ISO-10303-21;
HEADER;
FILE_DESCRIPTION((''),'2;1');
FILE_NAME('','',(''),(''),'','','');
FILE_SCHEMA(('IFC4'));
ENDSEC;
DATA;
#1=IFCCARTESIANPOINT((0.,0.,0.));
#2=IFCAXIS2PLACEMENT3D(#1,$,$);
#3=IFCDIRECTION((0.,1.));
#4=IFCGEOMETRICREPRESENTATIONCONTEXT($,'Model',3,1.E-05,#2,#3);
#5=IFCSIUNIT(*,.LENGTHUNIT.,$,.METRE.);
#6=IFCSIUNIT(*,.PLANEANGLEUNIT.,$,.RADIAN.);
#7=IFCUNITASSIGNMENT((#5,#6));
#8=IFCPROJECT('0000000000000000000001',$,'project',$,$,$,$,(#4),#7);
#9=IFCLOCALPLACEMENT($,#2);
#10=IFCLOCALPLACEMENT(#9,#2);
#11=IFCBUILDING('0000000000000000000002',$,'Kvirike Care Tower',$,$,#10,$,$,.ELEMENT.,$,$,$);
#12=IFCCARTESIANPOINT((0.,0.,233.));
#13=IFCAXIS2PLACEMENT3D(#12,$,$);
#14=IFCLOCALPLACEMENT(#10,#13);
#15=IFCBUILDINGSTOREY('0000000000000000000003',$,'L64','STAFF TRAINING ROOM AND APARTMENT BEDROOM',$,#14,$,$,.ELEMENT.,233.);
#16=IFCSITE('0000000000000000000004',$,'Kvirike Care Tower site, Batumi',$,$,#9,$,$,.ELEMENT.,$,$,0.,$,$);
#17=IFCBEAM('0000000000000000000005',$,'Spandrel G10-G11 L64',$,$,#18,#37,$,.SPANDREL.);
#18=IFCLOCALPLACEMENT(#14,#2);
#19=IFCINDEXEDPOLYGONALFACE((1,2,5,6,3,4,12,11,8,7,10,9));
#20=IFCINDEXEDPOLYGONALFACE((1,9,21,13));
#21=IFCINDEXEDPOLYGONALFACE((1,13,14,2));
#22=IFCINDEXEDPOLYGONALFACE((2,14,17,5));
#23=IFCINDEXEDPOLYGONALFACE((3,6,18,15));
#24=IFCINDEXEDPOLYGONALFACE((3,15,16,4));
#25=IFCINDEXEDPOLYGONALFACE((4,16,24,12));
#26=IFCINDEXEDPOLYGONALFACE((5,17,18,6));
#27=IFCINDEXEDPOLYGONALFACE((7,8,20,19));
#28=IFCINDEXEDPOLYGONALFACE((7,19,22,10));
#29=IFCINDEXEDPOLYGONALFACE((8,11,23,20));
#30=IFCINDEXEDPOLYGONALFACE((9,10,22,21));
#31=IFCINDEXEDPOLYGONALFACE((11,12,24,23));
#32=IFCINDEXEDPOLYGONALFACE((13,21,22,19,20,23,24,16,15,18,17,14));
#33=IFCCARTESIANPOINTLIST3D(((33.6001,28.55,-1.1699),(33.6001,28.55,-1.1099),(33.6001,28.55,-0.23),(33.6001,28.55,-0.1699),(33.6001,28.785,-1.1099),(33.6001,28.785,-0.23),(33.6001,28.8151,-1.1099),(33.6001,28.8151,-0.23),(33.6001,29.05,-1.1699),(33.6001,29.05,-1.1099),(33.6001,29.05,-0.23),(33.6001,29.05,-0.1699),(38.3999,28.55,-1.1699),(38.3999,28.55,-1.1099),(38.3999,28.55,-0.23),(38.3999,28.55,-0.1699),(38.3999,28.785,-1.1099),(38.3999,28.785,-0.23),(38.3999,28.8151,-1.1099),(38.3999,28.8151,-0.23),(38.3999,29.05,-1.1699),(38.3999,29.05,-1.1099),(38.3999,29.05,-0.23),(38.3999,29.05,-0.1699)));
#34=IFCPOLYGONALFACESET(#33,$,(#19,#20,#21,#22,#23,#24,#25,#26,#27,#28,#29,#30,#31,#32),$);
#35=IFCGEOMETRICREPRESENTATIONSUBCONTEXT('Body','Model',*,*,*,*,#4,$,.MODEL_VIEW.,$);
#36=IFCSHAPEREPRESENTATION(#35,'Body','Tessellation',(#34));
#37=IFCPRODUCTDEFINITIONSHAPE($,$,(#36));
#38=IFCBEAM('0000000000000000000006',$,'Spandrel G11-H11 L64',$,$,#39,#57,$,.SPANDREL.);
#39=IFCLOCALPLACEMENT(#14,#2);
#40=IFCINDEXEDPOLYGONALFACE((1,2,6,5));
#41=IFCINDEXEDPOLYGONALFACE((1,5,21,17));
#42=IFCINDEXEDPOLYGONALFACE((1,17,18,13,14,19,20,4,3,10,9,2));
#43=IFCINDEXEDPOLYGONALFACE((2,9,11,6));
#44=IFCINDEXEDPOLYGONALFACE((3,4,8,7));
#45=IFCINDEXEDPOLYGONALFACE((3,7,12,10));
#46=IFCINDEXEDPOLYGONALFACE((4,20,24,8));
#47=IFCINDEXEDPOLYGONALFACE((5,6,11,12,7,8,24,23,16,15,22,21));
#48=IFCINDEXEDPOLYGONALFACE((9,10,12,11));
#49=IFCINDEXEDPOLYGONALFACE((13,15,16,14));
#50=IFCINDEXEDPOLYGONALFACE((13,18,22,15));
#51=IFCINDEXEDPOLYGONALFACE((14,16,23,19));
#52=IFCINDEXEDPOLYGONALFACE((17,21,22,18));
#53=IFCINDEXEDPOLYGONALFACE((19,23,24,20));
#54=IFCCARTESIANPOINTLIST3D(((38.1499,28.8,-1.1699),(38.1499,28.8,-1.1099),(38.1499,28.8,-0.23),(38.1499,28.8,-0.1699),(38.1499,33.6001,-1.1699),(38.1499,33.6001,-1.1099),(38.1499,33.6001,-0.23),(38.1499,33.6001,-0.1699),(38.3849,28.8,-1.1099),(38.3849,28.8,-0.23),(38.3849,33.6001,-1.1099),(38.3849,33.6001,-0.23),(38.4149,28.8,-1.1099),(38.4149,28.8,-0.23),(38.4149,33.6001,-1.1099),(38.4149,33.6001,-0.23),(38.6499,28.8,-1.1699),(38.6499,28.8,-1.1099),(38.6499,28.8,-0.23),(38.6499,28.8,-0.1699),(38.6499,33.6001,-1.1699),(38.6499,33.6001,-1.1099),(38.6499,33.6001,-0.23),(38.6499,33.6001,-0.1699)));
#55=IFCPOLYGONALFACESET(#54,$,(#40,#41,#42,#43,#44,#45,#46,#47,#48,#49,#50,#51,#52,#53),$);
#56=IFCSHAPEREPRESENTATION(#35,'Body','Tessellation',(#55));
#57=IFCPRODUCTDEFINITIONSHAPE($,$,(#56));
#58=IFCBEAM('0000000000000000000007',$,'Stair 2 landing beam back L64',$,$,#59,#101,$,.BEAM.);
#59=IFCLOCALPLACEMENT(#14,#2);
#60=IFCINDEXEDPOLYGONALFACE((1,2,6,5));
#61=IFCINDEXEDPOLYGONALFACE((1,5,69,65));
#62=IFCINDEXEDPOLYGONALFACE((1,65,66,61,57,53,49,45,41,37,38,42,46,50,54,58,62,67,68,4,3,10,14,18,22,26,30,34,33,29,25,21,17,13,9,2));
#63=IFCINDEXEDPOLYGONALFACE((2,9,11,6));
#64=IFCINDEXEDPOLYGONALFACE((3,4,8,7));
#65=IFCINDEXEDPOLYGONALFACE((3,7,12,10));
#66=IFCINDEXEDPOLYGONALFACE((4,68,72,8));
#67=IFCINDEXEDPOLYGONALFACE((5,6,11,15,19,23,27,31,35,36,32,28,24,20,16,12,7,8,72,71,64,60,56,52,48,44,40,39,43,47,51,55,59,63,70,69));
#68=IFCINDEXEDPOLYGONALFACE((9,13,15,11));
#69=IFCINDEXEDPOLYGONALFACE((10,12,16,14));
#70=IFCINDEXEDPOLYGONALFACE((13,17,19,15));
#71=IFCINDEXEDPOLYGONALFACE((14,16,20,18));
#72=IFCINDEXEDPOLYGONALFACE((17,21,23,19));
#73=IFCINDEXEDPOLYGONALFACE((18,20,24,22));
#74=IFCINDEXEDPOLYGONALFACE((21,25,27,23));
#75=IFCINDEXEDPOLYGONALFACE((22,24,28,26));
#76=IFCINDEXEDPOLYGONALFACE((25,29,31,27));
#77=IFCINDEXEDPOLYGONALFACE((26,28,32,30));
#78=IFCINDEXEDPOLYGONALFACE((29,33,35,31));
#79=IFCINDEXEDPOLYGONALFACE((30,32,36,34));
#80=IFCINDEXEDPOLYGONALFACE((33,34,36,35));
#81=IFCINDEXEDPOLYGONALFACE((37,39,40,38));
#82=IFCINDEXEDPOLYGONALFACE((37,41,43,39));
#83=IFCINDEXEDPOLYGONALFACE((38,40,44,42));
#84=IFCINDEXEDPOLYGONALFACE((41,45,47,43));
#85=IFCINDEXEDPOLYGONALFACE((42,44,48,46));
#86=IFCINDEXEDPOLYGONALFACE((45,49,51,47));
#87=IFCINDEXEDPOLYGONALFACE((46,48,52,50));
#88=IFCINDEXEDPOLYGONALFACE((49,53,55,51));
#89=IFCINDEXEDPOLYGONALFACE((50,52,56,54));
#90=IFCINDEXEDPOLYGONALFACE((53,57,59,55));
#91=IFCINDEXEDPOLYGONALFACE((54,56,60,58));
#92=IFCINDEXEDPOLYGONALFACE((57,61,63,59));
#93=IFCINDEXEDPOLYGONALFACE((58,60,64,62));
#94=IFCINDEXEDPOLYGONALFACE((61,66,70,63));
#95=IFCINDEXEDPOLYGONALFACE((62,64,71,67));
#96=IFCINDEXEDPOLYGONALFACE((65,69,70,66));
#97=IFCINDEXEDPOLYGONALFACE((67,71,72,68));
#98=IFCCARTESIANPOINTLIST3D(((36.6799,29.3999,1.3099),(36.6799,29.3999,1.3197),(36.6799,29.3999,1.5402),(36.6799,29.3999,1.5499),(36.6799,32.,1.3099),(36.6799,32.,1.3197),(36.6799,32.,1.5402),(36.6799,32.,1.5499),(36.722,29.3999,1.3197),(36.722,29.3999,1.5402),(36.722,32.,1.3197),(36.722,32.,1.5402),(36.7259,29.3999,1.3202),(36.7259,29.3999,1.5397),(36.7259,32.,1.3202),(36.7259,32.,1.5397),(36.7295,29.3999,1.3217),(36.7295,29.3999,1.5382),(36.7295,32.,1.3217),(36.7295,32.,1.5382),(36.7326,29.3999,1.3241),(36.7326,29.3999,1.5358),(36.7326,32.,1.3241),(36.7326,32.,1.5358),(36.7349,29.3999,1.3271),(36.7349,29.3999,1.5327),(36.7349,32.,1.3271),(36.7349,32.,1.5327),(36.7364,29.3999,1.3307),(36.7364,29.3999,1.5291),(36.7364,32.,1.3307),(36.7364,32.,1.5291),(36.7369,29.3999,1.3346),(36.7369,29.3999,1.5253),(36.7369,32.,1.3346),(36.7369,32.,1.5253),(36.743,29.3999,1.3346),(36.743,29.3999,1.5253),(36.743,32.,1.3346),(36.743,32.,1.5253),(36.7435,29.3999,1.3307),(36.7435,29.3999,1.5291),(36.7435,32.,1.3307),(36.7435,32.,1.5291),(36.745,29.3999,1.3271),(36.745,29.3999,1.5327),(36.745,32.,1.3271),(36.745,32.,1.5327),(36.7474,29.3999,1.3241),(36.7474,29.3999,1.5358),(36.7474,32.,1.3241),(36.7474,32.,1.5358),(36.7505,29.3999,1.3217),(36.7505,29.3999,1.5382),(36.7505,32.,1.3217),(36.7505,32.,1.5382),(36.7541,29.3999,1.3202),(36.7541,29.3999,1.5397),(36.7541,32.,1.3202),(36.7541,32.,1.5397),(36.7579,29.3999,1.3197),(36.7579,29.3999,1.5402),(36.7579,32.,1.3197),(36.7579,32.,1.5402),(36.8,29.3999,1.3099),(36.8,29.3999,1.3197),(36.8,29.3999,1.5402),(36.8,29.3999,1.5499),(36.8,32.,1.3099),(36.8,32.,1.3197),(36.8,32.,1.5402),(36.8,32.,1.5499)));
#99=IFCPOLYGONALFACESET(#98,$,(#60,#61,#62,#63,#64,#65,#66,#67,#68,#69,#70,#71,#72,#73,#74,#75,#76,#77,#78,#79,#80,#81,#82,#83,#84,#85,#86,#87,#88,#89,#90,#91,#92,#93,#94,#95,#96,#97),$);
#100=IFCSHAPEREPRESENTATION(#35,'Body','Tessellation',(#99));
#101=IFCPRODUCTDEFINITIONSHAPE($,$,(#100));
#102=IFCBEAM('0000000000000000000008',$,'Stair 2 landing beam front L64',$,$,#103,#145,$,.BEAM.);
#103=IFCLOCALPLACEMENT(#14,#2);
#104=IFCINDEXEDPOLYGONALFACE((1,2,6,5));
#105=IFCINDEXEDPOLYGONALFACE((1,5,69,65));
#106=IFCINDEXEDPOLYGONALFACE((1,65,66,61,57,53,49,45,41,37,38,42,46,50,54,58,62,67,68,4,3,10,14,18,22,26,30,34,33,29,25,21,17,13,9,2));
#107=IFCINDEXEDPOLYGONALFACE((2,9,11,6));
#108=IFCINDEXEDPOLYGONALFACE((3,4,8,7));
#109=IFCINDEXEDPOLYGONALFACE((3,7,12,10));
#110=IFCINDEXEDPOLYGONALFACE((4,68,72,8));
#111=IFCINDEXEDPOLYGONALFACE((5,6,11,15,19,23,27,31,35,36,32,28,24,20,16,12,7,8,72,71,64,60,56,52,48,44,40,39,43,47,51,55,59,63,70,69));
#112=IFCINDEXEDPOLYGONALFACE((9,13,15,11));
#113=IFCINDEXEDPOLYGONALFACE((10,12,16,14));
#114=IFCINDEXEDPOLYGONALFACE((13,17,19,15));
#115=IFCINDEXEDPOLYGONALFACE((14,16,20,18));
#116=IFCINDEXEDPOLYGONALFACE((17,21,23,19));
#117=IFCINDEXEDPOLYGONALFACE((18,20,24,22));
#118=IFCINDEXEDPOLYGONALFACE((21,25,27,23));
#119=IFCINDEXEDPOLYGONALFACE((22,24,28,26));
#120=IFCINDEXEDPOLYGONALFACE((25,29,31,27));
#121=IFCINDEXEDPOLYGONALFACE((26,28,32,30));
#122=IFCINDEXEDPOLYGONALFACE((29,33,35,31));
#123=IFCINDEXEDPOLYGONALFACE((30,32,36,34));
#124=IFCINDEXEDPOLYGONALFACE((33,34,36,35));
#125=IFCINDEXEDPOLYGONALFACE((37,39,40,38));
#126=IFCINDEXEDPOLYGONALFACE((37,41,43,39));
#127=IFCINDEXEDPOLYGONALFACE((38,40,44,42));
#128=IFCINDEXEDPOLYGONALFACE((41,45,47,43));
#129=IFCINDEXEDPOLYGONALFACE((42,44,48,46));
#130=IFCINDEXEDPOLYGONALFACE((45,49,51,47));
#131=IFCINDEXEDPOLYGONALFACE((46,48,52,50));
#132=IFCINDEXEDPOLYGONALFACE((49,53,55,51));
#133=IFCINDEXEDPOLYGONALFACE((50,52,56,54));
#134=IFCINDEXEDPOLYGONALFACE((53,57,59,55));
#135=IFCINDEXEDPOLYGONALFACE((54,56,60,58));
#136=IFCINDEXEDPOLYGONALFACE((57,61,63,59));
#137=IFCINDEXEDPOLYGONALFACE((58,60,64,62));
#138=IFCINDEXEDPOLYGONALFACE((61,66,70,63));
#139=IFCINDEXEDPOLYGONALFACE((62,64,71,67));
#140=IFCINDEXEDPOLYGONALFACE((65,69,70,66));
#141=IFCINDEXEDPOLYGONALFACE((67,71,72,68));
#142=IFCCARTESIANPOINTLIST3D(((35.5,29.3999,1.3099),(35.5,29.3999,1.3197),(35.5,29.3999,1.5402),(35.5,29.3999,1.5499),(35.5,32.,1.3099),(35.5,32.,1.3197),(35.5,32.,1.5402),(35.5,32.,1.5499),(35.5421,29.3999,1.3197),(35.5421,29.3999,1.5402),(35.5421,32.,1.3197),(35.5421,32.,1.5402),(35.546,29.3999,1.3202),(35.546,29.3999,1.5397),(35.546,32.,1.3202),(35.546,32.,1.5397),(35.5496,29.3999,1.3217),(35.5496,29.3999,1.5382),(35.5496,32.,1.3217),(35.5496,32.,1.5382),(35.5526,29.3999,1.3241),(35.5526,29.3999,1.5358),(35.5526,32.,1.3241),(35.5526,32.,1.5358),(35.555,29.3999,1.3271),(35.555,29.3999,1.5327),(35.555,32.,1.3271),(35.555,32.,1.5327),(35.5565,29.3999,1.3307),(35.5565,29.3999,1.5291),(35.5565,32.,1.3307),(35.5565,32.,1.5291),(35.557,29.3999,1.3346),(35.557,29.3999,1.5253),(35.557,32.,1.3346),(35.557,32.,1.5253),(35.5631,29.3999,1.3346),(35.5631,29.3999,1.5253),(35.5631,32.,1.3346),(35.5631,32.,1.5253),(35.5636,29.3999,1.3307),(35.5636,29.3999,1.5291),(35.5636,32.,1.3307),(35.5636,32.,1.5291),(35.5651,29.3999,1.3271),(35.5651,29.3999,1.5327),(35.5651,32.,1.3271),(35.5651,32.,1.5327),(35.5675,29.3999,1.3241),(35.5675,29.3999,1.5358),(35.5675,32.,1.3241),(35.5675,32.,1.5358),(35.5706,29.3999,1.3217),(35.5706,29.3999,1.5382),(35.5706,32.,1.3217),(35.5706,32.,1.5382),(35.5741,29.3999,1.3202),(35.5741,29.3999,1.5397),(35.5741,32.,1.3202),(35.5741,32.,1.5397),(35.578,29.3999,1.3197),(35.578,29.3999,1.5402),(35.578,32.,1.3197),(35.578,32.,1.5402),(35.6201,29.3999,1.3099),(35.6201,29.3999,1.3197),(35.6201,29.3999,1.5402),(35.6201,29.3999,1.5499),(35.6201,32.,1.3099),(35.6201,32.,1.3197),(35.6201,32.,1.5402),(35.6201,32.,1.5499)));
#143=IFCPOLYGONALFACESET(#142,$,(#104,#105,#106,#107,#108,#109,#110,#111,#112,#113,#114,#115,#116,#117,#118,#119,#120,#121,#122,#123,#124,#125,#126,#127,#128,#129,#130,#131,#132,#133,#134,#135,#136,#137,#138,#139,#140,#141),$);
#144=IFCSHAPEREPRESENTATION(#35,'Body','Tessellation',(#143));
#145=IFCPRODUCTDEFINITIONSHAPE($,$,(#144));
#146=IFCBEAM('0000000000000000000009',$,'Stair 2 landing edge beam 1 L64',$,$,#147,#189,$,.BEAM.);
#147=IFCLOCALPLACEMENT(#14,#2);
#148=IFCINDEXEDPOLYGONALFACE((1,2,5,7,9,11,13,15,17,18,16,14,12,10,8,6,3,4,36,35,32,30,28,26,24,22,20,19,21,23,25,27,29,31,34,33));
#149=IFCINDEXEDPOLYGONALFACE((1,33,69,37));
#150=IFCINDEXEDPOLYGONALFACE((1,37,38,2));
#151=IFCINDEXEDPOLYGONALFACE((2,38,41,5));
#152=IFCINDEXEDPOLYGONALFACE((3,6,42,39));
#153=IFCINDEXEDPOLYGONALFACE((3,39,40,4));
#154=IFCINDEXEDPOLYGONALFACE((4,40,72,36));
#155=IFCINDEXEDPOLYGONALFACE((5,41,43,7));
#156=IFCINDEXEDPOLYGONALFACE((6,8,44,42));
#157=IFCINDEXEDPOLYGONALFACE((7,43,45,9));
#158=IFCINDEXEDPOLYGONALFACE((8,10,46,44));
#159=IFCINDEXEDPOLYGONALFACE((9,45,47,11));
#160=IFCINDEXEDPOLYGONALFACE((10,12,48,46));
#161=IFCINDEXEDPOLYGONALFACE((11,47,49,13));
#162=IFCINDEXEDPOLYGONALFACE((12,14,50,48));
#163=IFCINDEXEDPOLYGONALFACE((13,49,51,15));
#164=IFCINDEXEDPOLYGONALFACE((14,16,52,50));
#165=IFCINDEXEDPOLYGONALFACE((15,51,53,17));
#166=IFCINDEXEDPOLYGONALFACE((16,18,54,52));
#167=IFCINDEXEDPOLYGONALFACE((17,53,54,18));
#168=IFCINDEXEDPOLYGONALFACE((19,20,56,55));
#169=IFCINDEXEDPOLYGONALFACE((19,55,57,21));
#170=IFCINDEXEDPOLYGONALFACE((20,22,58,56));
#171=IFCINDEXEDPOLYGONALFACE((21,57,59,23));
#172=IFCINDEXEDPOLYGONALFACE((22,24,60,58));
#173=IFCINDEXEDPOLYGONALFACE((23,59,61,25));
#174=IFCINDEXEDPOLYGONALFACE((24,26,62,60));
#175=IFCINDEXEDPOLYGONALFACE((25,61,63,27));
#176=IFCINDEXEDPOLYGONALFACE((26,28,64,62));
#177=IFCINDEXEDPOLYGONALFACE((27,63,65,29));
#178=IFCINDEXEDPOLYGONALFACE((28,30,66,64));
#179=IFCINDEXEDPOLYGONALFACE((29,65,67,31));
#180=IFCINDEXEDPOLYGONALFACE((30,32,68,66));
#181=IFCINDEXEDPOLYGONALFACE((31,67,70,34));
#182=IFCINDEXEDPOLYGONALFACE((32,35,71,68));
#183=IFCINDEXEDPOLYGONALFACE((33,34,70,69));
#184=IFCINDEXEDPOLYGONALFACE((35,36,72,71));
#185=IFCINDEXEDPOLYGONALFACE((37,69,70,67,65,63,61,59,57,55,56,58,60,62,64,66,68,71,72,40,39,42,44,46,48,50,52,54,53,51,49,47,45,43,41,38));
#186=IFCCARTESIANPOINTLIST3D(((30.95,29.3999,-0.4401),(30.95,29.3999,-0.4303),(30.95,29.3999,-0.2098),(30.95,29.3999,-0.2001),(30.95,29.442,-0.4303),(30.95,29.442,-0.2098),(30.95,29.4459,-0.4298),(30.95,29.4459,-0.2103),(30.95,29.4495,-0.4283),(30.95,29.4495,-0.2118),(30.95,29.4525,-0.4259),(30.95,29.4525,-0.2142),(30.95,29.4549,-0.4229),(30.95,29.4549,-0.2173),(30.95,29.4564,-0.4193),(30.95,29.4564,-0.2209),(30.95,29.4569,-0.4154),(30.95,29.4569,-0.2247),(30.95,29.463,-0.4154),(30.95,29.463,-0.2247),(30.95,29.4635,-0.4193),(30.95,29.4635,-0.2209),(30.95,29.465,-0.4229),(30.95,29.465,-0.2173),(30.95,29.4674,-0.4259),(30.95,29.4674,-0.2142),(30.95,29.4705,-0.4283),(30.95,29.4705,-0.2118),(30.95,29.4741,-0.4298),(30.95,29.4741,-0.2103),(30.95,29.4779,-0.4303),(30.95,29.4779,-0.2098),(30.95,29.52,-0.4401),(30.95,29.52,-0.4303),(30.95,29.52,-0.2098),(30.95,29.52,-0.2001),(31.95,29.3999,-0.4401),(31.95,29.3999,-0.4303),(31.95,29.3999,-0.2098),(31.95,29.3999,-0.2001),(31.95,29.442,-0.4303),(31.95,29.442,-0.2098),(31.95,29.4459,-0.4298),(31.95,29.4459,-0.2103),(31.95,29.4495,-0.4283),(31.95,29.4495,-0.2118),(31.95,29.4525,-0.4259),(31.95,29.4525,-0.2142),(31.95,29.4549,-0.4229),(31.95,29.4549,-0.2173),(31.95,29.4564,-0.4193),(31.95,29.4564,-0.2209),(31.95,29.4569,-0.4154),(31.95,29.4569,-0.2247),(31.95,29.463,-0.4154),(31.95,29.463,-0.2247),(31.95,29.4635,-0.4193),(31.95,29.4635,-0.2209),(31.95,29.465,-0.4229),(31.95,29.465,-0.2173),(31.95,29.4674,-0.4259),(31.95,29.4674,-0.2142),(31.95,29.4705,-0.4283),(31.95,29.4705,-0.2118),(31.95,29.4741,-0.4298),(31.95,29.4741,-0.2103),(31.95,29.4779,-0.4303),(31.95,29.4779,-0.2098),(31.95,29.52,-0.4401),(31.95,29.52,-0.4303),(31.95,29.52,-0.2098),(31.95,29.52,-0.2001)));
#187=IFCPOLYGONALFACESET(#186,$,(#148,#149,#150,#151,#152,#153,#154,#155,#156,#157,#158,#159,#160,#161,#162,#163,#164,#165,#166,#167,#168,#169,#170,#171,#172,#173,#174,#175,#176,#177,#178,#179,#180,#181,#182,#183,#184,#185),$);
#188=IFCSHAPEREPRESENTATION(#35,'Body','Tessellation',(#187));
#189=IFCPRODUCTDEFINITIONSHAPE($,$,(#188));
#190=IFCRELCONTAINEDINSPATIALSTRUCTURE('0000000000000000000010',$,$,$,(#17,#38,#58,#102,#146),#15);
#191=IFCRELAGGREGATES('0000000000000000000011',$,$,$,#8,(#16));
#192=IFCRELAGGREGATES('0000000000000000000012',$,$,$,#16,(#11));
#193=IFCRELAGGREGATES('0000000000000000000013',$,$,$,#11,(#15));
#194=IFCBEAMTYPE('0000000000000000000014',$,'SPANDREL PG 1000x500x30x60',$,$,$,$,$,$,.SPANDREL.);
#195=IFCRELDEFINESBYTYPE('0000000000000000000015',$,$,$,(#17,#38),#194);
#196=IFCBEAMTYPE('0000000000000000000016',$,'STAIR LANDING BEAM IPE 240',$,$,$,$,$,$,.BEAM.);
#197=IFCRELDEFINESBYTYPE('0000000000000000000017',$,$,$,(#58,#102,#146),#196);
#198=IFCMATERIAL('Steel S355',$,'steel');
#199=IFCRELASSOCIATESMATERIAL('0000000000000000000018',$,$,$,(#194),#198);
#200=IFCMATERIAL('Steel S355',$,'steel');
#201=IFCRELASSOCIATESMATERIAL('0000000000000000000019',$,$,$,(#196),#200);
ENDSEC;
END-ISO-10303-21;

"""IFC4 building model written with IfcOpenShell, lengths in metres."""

from ifc_helpers import new_model, si_unit, direction, frame, origin, origin_2d, place, context, subcontext, project, spatial, i_section, extrude, material, material_profile, profile_set, type_object, element, save


model = new_model("IFC4")

# Units and contexts
model_context = context("Model", 3, precision=1e-05, world=origin(), true_north=direction((0.0, 1.0)))
body_context = subcontext(model_context, "Body", "Model", "MODEL_VIEW")
ifc_project = project(units=[si_unit("LENGTHUNIT", "METRE"), si_unit("PLANEANGLEUNIT", "RADIAN")], contexts=[model_context])

# Site, building, storey
site_placement = place(None, origin())
site = spatial("IfcSite", under=ifc_project, at=site_placement, Name="Kvirike Care Tower site, Batumi", CompositionType="ELEMENT", RefElevation=0.0)
building_placement = place(site_placement, origin())
building = spatial("IfcBuilding", under=site, at=building_placement, Name="Kvirike Care Tower", CompositionType="ELEMENT")
storey_placement = place(building_placement, frame((0.0, 0.0, 233.0)))
storey = spatial("IfcBuildingStorey", under=building, at=storey_placement, Name="L64", Description="STAFF TRAINING ROOM AND APARTMENT BEDROOM", CompositionType="ELEMENT", Elevation=233.0)

# Beams
ifc_material_1 = material(Name="Steel S355", Category="steel")
ifc_material_profile_1 = material_profile(ifc_material_1, i_section(OverallWidth=0.5, OverallDepth=1.0, WebThickness=0.03, FlangeThickness=0.0601, at=origin_2d()), Name="PG 1000x500x30x60")
ifc_profile_set_1 = profile_set([ifc_material_profile_1], Name="Steel S355")
beam_type_1 = type_object("IfcBeamType", Name="SPANDREL PG 1000x500x30x60", PredefinedType="SPANDREL", material=ifc_profile_set_1)
beam_1_placement = place(storey_placement, frame((33.6001, 28.8, -0.6699), z_axis=(1.0, 0.0, 0.0), x_axis=(0.0, 1.0, 0.0)))
element("IfcBeam", 1, at=beam_1_placement, inside=storey, type_object=beam_type_1, Name="Spandrel G10-G11 L64", PredefinedType="SPANDREL", context=body_context, shape_type="SweptSolid", body=[
    extrude(i_section(OverallWidth=0.5, OverallDepth=1.0, WebThickness=0.03, FlangeThickness=0.0601, at=origin_2d()), origin(), (0.0, 0.0, 1.0), 4.7998),
])
beam_2_placement = place(storey_placement, frame((38.3999, 28.8, -0.6699), z_axis=(0.0, 1.0, 0.0), x_axis=(-1.0, 0.0, 0.0)))
element("IfcBeam", 2, at=beam_2_placement, inside=storey, type_object=beam_type_1, Name="Spandrel G11-H11 L64", PredefinedType="SPANDREL", context=body_context, shape_type="SweptSolid", body=[
    extrude(i_section(OverallWidth=0.5, OverallDepth=1.0, WebThickness=0.03, FlangeThickness=0.0601, at=origin_2d()), origin(), (0.0, 0.0, 1.0), 4.8),
])
ifc_material_2 = material(Name="Steel S355", Category="steel")
ifc_material_profile_2 = material_profile(ifc_material_2, i_section(OverallWidth=0.1201, OverallDepth=0.24, WebThickness=0.0061, FlangeThickness=0.0098, FilletRadius=0.0149, at=origin_2d()), Name="IPE 240")
ifc_profile_set_2 = profile_set([ifc_material_profile_2], Name="Steel S355")
beam_type_2 = type_object("IfcBeamType", Name="STAIR LANDING BEAM IPE 240", PredefinedType="BEAM", material=ifc_profile_set_2)
for number, where, z_axis, x_axis, name in (
    (3, (36.74, 29.3999, 1.4299), (0.0, 1.0, 0.0), (-1.0, 0.0, 0.0), "Stair 2 landing beam back L64"),
    (4, (35.5601, 29.3999, 1.4299), (0.0, 1.0, 0.0), (-1.0, 0.0, 0.0), "Stair 2 landing beam front L64"),
):
    element("IfcBeam", number, at=place(storey_placement, frame(where, z_axis=z_axis, x_axis=x_axis)), inside=storey, type_object=beam_type_2, Name=name, PredefinedType="BEAM", context=body_context, shape_type="SweptSolid", body=[
        extrude(i_section(OverallWidth=0.1201, OverallDepth=0.24, WebThickness=0.0061, FlangeThickness=0.0098, FilletRadius=0.0149, at=origin_2d()), origin(), (0.0, 0.0, 1.0), 2.6001),
    ])
for number, where, z_axis, x_axis, name in (
    (5, (31.95, 29.46, -0.3201), (-1.0, 0.0, 0.0), (0.0, -1.0, 0.0), "Stair 2 landing edge beam 1 L64"),
):
    element("IfcBeam", number, at=place(storey_placement, frame(where, z_axis=z_axis, x_axis=x_axis)), inside=storey, type_object=beam_type_2, Name=name, PredefinedType="BEAM", context=body_context, shape_type="SweptSolid", body=[
        extrude(i_section(OverallWidth=0.1201, OverallDepth=0.24, WebThickness=0.0061, FlangeThickness=0.0098, FilletRadius=0.0149, at=origin_2d()), origin(), (0.0, 0.0, 1.0), 1.0),
    ])

save(model, "model.ifc")
